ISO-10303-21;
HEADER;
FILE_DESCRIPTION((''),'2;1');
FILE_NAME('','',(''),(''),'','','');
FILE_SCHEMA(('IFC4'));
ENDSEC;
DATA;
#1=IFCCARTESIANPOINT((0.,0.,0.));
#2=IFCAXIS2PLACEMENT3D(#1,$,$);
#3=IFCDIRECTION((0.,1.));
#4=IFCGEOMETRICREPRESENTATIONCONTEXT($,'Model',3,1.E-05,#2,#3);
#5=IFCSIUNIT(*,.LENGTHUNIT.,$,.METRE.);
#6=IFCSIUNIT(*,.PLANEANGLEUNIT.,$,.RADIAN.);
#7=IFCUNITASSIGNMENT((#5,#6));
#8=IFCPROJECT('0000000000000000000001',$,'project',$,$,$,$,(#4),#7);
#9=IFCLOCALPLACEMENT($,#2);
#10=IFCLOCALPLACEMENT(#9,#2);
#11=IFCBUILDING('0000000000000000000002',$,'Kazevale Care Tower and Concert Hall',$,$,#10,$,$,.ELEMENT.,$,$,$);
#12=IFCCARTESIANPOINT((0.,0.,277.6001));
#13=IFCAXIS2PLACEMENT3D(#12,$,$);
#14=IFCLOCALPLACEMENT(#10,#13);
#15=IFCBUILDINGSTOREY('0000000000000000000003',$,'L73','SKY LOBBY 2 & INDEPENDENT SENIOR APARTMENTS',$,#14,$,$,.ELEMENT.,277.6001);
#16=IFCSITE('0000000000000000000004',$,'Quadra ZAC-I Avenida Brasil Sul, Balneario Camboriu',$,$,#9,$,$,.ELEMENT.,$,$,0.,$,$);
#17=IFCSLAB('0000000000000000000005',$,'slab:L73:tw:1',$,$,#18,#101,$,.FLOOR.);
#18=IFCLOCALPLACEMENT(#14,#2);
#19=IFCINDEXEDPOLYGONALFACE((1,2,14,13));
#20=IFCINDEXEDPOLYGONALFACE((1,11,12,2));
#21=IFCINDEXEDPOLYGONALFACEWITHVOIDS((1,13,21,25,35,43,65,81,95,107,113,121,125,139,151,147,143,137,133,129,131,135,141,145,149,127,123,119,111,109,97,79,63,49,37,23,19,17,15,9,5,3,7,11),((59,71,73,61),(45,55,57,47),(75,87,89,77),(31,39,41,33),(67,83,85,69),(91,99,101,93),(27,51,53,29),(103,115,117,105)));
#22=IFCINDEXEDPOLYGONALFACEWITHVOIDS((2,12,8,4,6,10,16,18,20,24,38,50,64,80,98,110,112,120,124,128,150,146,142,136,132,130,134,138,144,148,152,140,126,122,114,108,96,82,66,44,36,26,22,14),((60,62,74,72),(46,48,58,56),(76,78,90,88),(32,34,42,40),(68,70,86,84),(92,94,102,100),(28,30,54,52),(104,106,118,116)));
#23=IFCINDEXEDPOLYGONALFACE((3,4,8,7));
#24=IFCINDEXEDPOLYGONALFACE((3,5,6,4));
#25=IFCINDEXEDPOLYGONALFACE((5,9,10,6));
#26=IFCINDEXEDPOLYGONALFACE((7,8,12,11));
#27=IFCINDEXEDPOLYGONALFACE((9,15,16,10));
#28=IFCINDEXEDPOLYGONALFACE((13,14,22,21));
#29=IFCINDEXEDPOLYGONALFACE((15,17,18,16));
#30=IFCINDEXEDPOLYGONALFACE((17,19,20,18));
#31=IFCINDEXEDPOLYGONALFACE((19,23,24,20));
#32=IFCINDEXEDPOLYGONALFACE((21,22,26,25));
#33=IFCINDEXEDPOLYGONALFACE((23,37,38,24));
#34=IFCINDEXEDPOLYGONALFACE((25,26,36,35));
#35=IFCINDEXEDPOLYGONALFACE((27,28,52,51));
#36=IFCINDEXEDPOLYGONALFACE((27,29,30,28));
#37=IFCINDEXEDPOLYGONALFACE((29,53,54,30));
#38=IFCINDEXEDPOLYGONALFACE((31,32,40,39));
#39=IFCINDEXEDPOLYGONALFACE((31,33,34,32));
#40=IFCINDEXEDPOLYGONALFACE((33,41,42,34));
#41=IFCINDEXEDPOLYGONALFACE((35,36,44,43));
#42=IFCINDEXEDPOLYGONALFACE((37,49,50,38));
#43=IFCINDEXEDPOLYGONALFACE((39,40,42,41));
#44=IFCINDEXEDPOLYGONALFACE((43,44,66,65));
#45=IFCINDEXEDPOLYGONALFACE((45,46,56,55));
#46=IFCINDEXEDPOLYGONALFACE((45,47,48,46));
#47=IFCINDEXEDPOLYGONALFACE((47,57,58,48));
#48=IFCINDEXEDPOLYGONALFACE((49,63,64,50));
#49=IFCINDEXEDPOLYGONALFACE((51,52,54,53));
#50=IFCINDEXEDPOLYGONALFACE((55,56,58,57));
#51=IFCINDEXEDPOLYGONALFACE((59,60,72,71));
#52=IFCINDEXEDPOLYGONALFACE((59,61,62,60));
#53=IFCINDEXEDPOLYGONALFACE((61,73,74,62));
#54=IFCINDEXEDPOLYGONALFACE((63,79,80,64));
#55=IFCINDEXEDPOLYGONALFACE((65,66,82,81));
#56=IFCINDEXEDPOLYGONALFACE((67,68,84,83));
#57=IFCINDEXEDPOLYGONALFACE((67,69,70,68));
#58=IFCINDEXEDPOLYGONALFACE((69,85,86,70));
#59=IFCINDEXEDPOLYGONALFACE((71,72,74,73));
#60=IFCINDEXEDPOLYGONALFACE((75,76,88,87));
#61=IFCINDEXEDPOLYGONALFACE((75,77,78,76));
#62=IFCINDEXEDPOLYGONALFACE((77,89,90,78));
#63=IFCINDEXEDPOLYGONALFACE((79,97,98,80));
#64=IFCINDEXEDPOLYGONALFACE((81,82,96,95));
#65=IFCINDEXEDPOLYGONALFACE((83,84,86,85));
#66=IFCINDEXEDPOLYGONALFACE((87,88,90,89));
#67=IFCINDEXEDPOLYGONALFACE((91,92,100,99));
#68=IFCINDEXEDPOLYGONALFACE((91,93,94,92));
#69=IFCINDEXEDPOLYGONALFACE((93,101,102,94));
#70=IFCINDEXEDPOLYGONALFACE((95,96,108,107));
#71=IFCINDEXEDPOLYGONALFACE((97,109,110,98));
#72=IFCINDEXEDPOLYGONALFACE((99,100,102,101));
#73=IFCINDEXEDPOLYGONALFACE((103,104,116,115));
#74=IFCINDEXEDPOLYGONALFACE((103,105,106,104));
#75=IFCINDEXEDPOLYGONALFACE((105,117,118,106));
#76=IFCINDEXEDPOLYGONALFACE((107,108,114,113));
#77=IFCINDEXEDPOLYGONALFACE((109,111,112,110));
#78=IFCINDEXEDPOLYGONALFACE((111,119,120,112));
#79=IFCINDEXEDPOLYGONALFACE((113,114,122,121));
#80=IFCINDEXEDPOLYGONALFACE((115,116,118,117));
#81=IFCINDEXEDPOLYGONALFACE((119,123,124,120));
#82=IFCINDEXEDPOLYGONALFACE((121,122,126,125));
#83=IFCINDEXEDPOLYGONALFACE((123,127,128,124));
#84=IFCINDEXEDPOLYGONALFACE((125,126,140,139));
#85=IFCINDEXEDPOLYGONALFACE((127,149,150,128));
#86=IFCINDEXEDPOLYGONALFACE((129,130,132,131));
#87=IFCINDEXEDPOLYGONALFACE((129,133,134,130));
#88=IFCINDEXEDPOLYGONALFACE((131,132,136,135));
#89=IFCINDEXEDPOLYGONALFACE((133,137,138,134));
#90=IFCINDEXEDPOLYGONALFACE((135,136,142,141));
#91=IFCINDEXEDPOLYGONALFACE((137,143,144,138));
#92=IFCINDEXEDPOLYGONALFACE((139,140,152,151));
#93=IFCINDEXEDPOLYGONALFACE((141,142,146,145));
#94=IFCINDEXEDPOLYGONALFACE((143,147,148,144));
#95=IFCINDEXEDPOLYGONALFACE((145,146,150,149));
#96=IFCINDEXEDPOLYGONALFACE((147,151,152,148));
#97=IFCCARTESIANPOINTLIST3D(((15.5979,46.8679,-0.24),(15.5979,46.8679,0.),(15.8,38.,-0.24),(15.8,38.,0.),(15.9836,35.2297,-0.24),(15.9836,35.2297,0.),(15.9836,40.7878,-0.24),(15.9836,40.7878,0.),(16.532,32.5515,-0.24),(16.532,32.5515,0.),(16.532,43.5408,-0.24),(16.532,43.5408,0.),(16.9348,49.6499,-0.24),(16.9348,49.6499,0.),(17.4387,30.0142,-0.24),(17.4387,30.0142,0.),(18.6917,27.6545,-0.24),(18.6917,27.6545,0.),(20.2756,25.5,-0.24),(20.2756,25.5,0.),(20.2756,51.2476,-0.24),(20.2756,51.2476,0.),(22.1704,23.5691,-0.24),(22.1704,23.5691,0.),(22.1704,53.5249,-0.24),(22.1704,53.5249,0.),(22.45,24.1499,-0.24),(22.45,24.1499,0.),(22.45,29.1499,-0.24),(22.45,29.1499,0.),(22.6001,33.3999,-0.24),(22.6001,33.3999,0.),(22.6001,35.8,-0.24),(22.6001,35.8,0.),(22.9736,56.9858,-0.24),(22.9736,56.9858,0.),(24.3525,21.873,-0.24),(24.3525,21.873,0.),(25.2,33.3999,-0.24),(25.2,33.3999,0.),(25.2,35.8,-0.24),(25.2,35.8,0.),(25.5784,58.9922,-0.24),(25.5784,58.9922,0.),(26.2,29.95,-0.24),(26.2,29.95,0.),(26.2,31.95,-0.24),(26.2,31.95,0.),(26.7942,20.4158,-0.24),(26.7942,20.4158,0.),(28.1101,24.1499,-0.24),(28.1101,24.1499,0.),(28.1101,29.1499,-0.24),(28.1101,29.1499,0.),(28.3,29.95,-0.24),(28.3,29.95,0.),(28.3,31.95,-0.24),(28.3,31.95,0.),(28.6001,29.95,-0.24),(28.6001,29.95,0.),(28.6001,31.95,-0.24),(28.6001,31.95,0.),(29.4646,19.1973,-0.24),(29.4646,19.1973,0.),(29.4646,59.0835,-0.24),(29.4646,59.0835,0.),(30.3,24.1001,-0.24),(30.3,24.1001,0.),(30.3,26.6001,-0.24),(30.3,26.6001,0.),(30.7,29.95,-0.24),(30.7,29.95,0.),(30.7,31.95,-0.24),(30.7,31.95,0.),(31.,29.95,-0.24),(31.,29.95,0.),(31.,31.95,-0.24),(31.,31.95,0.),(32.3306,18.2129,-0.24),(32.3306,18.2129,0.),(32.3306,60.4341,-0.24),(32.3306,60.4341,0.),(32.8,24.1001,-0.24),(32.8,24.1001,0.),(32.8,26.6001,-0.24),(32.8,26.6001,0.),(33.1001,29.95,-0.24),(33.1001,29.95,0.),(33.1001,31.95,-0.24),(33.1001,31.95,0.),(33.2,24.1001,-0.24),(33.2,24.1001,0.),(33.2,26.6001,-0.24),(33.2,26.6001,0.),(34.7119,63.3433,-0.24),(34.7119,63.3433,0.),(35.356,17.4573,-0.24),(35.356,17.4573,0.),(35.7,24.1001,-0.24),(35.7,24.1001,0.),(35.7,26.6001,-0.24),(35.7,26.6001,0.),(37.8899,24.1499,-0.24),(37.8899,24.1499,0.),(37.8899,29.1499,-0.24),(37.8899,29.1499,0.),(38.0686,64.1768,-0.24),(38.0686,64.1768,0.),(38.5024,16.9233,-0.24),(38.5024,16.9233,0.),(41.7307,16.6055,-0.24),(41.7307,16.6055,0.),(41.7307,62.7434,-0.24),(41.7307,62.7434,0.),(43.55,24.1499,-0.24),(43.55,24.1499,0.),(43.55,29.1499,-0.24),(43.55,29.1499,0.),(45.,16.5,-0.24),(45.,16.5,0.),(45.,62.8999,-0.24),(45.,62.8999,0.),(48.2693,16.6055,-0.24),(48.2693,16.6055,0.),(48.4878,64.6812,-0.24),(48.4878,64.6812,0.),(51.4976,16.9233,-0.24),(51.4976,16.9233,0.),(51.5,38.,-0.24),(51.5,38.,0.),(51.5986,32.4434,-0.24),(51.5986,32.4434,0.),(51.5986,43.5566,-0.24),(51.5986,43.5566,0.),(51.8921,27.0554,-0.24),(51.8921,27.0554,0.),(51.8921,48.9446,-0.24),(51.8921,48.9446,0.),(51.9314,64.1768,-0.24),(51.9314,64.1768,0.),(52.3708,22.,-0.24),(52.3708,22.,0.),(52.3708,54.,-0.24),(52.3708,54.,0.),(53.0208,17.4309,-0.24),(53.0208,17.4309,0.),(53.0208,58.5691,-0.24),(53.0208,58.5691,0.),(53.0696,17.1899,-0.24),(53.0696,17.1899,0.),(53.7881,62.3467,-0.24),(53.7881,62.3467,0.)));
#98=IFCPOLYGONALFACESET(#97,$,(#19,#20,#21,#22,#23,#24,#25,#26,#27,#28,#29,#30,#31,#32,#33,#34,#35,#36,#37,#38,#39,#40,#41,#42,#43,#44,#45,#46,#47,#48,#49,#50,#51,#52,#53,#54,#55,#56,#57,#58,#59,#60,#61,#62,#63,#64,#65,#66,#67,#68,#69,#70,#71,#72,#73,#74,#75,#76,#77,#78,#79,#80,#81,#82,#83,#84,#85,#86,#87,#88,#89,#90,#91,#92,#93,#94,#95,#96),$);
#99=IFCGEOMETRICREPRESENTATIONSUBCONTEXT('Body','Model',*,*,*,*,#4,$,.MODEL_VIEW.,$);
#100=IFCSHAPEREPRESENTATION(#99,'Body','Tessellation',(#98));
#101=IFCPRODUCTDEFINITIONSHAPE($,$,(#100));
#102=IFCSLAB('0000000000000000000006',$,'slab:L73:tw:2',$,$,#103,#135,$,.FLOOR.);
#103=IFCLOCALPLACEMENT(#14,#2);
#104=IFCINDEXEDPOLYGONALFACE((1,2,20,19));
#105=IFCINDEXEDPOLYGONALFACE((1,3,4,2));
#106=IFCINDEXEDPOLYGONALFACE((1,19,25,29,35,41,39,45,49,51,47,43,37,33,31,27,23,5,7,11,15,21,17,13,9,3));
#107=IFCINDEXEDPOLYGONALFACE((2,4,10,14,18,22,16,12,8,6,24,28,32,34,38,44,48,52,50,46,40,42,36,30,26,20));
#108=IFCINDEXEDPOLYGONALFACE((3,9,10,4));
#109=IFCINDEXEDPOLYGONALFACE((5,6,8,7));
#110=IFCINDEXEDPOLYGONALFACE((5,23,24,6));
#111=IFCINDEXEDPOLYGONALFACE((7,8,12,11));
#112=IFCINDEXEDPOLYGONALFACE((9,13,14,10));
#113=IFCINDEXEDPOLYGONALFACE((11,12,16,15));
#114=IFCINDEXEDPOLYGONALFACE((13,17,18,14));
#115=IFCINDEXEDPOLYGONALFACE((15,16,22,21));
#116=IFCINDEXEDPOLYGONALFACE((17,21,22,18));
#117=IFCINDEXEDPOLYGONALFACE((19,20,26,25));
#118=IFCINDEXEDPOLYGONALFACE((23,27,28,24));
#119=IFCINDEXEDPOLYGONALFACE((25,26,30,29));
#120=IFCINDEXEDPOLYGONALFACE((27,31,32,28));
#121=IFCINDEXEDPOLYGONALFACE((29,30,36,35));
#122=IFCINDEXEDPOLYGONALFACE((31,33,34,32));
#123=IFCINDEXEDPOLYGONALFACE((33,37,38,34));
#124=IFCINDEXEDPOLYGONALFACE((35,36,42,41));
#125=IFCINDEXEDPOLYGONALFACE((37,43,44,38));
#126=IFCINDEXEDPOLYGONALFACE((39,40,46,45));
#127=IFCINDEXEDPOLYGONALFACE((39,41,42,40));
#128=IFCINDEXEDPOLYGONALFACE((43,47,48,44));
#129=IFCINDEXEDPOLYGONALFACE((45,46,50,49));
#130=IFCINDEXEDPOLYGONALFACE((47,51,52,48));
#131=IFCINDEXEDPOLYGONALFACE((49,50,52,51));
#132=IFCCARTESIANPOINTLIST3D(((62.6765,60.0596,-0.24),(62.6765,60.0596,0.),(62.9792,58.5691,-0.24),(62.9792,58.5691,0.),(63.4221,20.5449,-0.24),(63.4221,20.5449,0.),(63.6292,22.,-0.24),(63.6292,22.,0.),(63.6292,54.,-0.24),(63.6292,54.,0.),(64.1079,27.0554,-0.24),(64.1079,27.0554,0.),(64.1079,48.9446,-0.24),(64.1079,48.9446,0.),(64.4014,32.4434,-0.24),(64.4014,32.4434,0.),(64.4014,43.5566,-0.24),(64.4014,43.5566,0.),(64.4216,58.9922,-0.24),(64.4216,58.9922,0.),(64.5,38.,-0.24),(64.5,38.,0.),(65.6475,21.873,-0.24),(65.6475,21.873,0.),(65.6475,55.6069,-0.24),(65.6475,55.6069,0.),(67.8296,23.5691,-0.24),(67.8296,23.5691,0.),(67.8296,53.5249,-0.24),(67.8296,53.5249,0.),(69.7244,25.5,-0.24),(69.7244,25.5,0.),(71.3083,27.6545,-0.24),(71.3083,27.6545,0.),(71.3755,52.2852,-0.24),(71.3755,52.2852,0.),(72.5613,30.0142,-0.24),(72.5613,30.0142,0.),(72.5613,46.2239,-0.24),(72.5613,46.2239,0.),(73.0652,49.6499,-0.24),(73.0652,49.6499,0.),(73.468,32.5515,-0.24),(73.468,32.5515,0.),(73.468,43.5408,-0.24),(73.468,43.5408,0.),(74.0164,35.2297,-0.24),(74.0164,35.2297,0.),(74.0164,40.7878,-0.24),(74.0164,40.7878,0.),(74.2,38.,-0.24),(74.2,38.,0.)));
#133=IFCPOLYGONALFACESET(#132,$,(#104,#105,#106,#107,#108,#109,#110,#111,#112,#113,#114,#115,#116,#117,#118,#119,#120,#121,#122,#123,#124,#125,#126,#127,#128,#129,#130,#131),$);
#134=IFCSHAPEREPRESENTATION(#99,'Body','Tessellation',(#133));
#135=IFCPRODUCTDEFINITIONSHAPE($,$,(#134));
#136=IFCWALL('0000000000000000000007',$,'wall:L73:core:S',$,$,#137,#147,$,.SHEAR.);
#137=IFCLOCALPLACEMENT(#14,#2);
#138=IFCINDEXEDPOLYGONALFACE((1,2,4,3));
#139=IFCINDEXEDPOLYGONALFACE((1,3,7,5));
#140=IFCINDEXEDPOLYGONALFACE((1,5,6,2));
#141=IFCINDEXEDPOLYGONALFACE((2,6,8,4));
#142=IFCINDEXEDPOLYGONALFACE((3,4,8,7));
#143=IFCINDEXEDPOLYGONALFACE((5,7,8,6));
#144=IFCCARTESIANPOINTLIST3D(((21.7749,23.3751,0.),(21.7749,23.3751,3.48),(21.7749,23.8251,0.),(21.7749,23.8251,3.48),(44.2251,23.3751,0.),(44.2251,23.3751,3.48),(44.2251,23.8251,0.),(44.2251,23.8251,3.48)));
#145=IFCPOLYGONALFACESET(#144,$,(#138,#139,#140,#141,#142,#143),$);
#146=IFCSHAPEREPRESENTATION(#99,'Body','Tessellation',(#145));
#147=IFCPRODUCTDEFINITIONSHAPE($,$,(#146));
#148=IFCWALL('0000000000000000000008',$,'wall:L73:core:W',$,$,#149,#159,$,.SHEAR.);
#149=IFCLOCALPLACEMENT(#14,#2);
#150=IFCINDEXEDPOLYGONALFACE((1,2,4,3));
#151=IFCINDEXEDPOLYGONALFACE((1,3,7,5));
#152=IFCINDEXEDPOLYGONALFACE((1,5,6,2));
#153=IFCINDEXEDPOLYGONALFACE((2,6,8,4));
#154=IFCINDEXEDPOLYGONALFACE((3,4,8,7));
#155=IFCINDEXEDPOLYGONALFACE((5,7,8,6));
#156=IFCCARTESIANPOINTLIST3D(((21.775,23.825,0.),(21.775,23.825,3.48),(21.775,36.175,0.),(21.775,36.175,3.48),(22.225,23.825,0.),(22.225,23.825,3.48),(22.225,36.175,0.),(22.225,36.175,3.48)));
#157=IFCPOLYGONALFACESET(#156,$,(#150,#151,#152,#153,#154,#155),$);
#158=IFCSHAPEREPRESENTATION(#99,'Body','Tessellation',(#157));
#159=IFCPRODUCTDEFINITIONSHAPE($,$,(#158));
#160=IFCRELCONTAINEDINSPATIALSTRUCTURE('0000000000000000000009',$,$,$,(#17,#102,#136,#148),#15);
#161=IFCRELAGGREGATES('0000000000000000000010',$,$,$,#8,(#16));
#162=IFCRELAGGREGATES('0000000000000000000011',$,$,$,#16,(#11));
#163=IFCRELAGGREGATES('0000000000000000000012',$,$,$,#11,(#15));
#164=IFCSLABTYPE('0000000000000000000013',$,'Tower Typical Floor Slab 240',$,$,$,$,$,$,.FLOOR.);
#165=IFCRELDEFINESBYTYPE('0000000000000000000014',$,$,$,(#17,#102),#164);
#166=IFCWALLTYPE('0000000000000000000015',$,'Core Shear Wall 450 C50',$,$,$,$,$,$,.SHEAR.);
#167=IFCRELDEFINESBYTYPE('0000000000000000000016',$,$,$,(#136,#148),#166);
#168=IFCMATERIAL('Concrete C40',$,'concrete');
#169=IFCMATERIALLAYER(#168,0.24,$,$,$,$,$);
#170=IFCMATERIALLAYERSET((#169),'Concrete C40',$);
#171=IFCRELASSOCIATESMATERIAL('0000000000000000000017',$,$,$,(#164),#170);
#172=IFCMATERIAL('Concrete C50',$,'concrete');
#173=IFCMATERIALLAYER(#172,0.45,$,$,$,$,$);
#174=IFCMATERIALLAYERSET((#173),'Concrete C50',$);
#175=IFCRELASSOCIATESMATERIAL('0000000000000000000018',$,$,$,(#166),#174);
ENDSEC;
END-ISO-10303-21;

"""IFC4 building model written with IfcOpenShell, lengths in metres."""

from ifc_helpers import new_model, si_unit, direction, frame, frame_2d, origin, place, context, subcontext, project, spatial, polyline, rectangle, outline, extrude, material, layer, layer_set, type_object, element, save


model = new_model("IFC4")

# Units and contexts
model_context = context("Model", 3, precision=1e-05, world=origin(), true_north=direction((0.0, 1.0)))
body_context = subcontext(model_context, "Body", "Model", "MODEL_VIEW")
ifc_project = project(units=[si_unit("LENGTHUNIT", "METRE"), si_unit("PLANEANGLEUNIT", "RADIAN")], contexts=[model_context])

# Site, building, storey
site_placement = place(None, origin())
site = spatial("IfcSite", under=ifc_project, at=site_placement, Name="Quadra ZAC-I Avenida Brasil Sul, Balneario Camboriu", CompositionType="ELEMENT", RefElevation=0.0)
building_placement = place(site_placement, origin())
building = spatial("IfcBuilding", under=site, at=building_placement, Name="Kazevale Care Tower and Concert Hall", CompositionType="ELEMENT")
storey_placement = place(building_placement, frame((0.0, 0.0, 277.6001)))
storey = spatial("IfcBuildingStorey", under=building, at=storey_placement, Name="L73", Description="SKY LOBBY 2 & INDEPENDENT SENIOR APARTMENTS", CompositionType="ELEMENT", Elevation=277.6001)

# Shared definitions
ifc_material_1 = material(Name="Concrete C50", Category="concrete")

# Shared definitions
ifc_material_2 = material(Name="Concrete C40", Category="concrete")

# Slabs
ifc_layer_1 = layer(ifc_material_2, 0.24)
ifc_layer_set_1 = layer_set([ifc_layer_1], Name="Concrete C40")
slab_type_1 = type_object("IfcSlabType", Name="Tower Typical Floor Slab 240", PredefinedType="FLOOR", material=ifc_layer_set_1)
slab_1_placement = place(storey_placement, frame((0.0, 0.0, -0.24)))
element("IfcSlab", 1, at=slab_1_placement, inside=storey, type_object=slab_type_1, Name="slab:L73:tw:1", PredefinedType="FLOOR", context=body_context, shape_type="SweptSolid", body=[
    extrude(outline(polyline([(51.4976, 16.9233), (48.2693, 16.6055), (45.0, 16.5), (41.7307, 16.6055), (38.5024, 16.9233), (35.356, 17.4573), (32.3306, 18.2129), (29.4646, 19.1973), (26.7942, 20.4158), (24.3525, 21.873), (22.1704, 23.5691), (20.2756, 25.5), (18.6917, 27.6545), (17.4387, 30.0142), (16.532, 32.5515), (15.9836, 35.2297), (15.8, 38.0), (15.9836, 40.7878), (16.532, 43.5408), (15.5979, 46.8679), (16.9348, 49.6499), (20.2756, 51.2476), (22.1704, 53.5249), (22.9736, 56.9858), (25.5784, 58.9922), (29.4646, 59.0835), (32.3306, 60.4341), (34.7119, 63.3433), (38.0686, 64.1768), (41.7307, 62.7434), (45.0, 62.8999), (48.4878, 64.6812), (51.9314, 64.1768), (53.7881, 62.3467), (53.0208, 58.5691), (52.3708, 54.0), (51.8921, 48.9446), (51.5986, 43.5566), (51.5, 38.0), (51.5986, 32.4434), (51.8921, 27.0554), (52.3708, 22.0), (53.0208, 17.4309), (53.0696, 17.1899), (51.4976, 16.9233)]), holes=[polyline([(22.45, 24.1499), (28.1101, 24.1499), (28.1101, 29.1499), (22.45, 29.1499), (22.45, 24.1499)]), polyline([(37.8899, 24.1499), (43.55, 24.1499), (43.55, 29.1499), (37.8899, 29.1499), (37.8899, 24.1499)]), polyline([(30.3, 24.1001), (32.8, 24.1001), (32.8, 26.6001), (30.3, 26.6001), (30.3, 24.1001)]), polyline([(33.2, 24.1001), (35.7, 24.1001), (35.7, 26.6001), (33.2, 26.6001), (33.2, 24.1001)]), polyline([(22.6001, 33.3999), (25.2, 33.3999), (25.2, 35.8), (22.6001, 35.8), (22.6001, 33.3999)]), polyline([(26.2, 29.95), (28.3, 29.95), (28.3, 31.95), (26.2, 31.95), (26.2, 29.95)]), polyline([(28.6001, 29.95), (30.7, 29.95), (30.7, 31.95), (28.6001, 31.95), (28.6001, 29.95)]), polyline([(31.0, 29.95), (33.1001, 29.95), (33.1001, 31.95), (31.0, 31.95), (31.0, 29.95)])]), origin(), (0.0, 0.0, 1.0), 0.24),
])
slab_2_placement = place(storey_placement, frame((0.0, 0.0, -0.24)))
element("IfcSlab", 2, at=slab_2_placement, inside=storey, type_object=slab_type_1, Name="slab:L73:tw:2", PredefinedType="FLOOR", context=body_context, shape_type="SweptSolid", body=[
    extrude(outline(polyline([(64.4216, 58.9922), (65.6475, 55.6069), (67.8296, 53.5249), (71.3755, 52.2852), (73.0652, 49.6499), (72.5613, 46.2239), (73.468, 43.5408), (74.0164, 40.7878), (74.2, 38.0), (74.0164, 35.2297), (73.468, 32.5515), (72.5613, 30.0142), (71.3083, 27.6545), (69.7244, 25.5), (67.8296, 23.5691), (65.6475, 21.873), (63.4221, 20.5449), (63.6292, 22.0), (64.1079, 27.0554), (64.4014, 32.4434), (64.5, 38.0), (64.4014, 43.5566), (64.1079, 48.9446), (63.6292, 54.0), (62.9792, 58.5691), (62.6765, 60.0596), (64.4216, 58.9922)])), origin(), (0.0, 0.0, 1.0), 0.24),
])

# Walls
ifc_layer_2 = layer(ifc_material_1, 0.45)
ifc_layer_set_2 = layer_set([ifc_layer_2], Name="Concrete C50")
wall_type_1 = type_object("IfcWallType", Name="Core Shear Wall 450 C50", PredefinedType="SHEAR", material=ifc_layer_set_2)
wall_1_placement = place(storey_placement, frame((21.7749, 23.6001, 0.0), z_axis=(0.0, 0.0, 1.0), x_axis=(1.0, 0.0, 0.0)))
element("IfcWall", 3, at=wall_1_placement, inside=storey, type_object=wall_type_1, Name="wall:L73:core:S", PredefinedType="SHEAR", context=body_context, shape_type="SweptSolid", body=[
    extrude(rectangle(XDim=22.4502, YDim=0.45, at=frame_2d((11.2251, 0.0))), origin(), (0.0, 0.0, 1.0), 3.48),
])
wall_2_placement = place(storey_placement, frame((22.0, 23.825, 0.0), z_axis=(0.0, 0.0, 1.0), x_axis=(0.0, 1.0, 0.0)))
element("IfcWall", 4, at=wall_2_placement, inside=storey, type_object=wall_type_1, Name="wall:L73:core:W", PredefinedType="SHEAR", context=body_context, shape_type="SweptSolid", body=[
    extrude(rectangle(XDim=12.3501, YDim=0.45, at=frame_2d((6.175, 0.0))), origin(), (0.0, 0.0, 1.0), 3.48),
])

save(model, "model.ifc")
